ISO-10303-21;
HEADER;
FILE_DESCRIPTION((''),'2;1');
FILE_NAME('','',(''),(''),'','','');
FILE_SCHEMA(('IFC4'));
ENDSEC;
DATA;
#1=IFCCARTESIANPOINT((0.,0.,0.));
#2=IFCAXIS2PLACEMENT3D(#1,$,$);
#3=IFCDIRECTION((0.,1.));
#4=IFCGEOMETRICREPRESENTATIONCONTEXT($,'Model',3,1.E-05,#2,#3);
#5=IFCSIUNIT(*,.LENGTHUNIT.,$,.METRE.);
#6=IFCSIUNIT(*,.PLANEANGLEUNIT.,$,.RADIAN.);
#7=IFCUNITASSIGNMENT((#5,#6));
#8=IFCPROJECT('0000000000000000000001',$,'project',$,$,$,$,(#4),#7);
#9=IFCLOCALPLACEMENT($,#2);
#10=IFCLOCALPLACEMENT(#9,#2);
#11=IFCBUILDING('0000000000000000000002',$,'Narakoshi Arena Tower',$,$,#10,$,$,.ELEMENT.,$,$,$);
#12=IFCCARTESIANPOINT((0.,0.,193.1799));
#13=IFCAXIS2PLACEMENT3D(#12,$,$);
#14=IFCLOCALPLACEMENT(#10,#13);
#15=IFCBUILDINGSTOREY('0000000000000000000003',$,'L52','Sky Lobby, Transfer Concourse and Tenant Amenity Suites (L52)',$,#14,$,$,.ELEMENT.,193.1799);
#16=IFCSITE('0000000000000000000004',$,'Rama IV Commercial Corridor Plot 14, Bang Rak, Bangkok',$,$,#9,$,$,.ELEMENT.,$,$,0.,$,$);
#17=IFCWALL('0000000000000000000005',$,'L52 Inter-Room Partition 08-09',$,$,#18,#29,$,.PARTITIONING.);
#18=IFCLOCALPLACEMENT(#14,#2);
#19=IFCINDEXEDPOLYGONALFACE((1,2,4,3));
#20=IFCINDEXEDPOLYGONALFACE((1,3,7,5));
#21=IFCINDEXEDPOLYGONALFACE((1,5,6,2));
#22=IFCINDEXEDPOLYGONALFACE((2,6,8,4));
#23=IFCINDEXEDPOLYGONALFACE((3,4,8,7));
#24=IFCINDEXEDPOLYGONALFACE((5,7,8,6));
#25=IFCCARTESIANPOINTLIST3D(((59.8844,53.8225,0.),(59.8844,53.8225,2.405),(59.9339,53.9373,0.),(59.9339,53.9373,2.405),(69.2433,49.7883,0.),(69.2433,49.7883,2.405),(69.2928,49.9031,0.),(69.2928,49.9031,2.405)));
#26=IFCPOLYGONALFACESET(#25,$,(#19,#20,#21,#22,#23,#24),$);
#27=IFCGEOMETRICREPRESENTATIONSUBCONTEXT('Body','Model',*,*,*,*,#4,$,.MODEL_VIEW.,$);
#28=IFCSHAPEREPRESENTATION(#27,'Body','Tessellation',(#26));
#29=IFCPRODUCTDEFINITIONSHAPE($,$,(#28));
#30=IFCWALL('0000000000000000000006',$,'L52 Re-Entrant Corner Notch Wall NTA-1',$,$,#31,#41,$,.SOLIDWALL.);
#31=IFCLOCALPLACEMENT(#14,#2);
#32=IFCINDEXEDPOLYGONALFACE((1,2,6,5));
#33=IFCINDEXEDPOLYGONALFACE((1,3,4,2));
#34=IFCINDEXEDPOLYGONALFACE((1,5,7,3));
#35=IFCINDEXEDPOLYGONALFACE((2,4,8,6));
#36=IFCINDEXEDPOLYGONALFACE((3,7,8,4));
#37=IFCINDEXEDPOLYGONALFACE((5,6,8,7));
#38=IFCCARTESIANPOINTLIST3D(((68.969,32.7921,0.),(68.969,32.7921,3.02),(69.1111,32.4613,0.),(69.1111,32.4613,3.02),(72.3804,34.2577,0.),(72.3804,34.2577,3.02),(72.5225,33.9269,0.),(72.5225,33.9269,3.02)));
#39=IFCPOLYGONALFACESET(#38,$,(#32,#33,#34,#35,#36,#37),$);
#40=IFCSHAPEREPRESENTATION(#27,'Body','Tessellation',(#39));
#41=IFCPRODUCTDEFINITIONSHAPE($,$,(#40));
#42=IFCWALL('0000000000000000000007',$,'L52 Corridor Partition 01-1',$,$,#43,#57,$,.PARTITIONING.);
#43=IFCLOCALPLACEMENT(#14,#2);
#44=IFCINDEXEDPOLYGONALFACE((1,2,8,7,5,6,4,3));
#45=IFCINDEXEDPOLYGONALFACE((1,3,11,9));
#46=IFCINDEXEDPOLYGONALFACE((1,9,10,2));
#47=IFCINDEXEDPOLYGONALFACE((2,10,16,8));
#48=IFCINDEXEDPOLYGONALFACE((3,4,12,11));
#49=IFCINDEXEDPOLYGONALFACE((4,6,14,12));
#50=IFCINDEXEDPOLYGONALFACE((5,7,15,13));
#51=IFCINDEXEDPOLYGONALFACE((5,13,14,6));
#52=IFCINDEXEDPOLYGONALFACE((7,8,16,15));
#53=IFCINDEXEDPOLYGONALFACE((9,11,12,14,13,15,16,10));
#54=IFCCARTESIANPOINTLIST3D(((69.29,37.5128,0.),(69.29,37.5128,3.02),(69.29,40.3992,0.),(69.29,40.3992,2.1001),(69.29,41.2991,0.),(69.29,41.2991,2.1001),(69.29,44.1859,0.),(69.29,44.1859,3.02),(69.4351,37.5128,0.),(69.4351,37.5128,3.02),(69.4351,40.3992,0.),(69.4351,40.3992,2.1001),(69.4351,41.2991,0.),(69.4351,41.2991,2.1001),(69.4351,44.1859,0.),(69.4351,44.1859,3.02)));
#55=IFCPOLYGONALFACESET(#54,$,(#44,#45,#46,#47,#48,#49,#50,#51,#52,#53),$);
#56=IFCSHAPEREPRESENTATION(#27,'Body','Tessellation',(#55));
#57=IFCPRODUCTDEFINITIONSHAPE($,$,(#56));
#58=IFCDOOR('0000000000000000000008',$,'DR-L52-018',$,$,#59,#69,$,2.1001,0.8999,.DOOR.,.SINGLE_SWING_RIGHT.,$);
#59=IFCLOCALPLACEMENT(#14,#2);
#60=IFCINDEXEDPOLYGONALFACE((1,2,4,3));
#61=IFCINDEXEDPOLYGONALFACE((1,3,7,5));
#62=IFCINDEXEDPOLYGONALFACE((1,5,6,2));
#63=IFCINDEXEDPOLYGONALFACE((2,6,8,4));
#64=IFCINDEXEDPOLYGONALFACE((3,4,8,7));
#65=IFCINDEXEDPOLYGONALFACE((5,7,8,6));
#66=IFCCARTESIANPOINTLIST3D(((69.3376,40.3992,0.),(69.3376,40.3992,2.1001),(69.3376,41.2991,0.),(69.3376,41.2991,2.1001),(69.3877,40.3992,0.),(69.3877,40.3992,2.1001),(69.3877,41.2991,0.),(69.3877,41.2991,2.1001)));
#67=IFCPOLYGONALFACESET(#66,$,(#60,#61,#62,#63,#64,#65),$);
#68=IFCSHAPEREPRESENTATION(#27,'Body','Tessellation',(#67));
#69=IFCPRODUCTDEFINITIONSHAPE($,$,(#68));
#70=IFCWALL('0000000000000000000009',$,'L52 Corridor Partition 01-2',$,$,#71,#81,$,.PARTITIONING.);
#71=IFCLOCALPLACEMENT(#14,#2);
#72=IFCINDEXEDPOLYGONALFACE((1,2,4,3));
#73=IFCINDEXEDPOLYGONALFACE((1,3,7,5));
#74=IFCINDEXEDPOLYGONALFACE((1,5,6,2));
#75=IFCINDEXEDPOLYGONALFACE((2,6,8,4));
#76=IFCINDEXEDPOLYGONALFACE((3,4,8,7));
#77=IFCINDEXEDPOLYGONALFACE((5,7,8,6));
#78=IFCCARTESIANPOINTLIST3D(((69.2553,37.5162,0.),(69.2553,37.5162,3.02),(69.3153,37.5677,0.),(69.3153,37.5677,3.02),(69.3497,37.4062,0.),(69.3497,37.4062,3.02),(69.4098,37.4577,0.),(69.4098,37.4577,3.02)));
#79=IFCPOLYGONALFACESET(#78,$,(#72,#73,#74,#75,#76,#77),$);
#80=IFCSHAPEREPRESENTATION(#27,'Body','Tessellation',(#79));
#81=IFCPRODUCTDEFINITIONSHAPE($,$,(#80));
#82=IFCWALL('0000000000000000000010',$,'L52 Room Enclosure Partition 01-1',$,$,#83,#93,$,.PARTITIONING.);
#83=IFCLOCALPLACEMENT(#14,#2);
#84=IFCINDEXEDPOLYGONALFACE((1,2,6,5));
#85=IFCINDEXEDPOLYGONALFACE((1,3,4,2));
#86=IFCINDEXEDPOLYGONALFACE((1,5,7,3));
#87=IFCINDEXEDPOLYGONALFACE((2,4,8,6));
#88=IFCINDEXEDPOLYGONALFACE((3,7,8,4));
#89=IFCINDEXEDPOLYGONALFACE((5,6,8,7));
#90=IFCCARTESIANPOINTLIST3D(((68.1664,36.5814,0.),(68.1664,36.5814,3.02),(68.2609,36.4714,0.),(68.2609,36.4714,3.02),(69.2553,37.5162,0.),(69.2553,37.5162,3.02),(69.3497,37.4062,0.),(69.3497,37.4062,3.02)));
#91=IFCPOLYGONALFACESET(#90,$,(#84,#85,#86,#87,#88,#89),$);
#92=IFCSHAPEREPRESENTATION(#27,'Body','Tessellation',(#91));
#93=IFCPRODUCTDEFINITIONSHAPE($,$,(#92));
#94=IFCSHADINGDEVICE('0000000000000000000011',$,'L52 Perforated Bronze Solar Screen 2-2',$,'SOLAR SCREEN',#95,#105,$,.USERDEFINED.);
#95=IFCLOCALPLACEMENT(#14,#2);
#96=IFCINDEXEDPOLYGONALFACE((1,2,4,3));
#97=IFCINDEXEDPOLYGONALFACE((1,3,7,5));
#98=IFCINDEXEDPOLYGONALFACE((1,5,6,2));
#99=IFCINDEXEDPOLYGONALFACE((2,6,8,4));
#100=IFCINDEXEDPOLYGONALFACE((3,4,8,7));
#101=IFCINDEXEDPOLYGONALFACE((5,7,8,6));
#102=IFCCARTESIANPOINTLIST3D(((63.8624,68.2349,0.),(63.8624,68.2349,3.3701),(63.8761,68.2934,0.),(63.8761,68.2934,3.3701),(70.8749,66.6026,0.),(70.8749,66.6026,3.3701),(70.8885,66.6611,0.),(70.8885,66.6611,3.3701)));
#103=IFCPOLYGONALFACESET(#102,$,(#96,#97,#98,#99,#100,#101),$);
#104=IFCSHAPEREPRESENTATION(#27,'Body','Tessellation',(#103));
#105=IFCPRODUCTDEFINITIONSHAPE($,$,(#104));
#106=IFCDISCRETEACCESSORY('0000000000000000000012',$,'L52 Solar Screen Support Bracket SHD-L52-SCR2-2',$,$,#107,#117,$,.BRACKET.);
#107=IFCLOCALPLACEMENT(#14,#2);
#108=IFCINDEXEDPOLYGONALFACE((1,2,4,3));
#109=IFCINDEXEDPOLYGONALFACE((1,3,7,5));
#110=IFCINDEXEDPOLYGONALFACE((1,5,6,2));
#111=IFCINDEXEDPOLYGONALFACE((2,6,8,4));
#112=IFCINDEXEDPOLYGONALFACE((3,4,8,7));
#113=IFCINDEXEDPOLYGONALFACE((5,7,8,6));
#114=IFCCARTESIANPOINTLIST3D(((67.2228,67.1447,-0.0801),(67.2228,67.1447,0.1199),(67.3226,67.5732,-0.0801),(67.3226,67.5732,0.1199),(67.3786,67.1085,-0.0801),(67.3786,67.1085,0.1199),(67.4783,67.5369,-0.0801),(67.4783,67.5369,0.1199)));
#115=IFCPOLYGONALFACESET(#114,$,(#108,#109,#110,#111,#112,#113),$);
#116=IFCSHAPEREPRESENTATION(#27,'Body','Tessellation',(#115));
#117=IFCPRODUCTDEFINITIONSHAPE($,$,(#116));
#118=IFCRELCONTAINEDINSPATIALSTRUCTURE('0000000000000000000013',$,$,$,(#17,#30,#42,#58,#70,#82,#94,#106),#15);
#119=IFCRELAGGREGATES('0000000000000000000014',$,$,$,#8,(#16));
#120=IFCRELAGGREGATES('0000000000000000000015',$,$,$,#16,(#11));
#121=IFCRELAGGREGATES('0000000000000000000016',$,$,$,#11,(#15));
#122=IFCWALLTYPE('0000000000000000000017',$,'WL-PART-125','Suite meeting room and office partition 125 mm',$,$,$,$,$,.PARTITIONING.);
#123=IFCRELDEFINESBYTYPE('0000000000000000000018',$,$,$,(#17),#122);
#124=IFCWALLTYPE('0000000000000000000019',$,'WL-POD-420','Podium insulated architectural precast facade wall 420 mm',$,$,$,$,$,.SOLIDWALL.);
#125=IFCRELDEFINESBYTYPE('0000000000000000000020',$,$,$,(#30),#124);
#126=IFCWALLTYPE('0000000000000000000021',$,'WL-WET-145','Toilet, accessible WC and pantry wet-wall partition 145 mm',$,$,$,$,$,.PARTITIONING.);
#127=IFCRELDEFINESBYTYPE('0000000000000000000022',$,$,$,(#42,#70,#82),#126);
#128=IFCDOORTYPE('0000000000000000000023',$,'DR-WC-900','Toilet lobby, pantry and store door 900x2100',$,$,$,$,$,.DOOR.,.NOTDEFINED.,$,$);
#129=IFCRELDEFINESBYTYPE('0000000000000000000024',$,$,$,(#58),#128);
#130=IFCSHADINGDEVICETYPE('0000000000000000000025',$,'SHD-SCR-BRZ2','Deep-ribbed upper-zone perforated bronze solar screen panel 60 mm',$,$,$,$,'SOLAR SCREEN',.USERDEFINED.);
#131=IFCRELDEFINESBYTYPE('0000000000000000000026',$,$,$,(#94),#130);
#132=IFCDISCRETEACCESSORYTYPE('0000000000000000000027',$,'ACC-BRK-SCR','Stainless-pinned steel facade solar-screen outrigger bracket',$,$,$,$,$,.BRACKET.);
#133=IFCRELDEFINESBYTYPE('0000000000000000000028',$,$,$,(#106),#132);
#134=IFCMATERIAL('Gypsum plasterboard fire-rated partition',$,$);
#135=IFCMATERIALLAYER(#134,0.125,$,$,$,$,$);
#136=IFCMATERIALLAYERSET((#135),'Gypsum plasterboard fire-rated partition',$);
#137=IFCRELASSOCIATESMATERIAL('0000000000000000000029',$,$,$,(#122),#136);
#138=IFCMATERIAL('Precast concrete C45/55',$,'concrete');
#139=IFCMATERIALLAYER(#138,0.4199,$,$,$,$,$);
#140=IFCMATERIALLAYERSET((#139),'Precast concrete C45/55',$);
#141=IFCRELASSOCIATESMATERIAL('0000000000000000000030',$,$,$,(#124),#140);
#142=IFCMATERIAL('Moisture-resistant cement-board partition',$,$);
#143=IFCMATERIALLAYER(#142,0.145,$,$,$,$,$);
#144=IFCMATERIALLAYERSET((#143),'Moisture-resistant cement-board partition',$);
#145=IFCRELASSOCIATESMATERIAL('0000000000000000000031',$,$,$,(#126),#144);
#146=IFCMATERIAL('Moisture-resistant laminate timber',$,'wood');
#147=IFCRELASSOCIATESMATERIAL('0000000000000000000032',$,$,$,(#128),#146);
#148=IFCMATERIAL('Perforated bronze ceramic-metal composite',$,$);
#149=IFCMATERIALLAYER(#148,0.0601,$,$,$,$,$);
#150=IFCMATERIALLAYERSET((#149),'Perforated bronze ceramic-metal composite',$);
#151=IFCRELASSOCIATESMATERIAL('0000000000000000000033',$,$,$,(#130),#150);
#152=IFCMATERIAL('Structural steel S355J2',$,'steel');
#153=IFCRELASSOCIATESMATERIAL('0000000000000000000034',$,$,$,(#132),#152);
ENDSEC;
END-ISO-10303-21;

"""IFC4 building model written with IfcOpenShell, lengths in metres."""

from ifc_helpers import new_model, si_unit, direction, frame, frame_2d, origin, origin_2d, place, context, subcontext, project, spatial, rectangle, extrude, material, layer, layer_set, type_object, element, fill, save


model = new_model("IFC4")

# Units and contexts
model_context = context("Model", 3, precision=1e-05, world=origin(), true_north=direction((0.0, 1.0)))
body_context = subcontext(model_context, "Body", "Model", "MODEL_VIEW")
ifc_project = project(units=[si_unit("LENGTHUNIT", "METRE"), si_unit("PLANEANGLEUNIT", "RADIAN")], contexts=[model_context])

# Site, building, storey
site_placement = place(None, origin())
site = spatial("IfcSite", under=ifc_project, at=site_placement, Name="Rama IV Commercial Corridor Plot 14, Bang Rak, Bangkok", CompositionType="ELEMENT", RefElevation=0.0)
building_placement = place(site_placement, origin())
building = spatial("IfcBuilding", under=site, at=building_placement, Name="Narakoshi Arena Tower", CompositionType="ELEMENT")
storey_placement = place(building_placement, frame((0.0, 0.0, 193.1799)))
storey = spatial("IfcBuildingStorey", under=building, at=storey_placement, Name="L52", Description="Sky Lobby, Transfer Concourse and Tenant Amenity Suites (L52)", CompositionType="ELEMENT", Elevation=193.1799)

# Shared definitions
ifc_material_1 = material(Name="Structural steel S355J2", Category="steel")

# Shared definitions
ifc_material_2 = material(Name="Gypsum plasterboard fire-rated partition")

# Walls
ifc_layer_1 = layer(ifc_material_2, 0.125)
ifc_layer_set_1 = layer_set([ifc_layer_1], Name="Gypsum plasterboard fire-rated partition")
wall_type_1 = type_object("IfcWallType", Name="WL-PART-125", Description="Suite meeting room and office partition 125 mm", PredefinedType="PARTITIONING", material=ifc_layer_set_1)
wall_1_placement = place(storey_placement, frame((69.2681, 49.8457, 0.0), z_axis=(0.0, 0.0, 1.0), x_axis=(-0.918318, 0.395844, 0.0)))
element("IfcWall", 1, at=wall_1_placement, inside=storey, type_object=wall_type_1, Name="L52 Inter-Room Partition 08-09", PredefinedType="PARTITIONING", context=body_context, shape_type="SweptSolid", body=[
    extrude(rectangle(XDim=10.1914, YDim=0.125, at=frame_2d((5.0957, 0.0))), origin(), (0.0, 0.0, 1.0), 2.405),
])
ifc_material_3 = material(Name="Precast concrete C45/55", Category="concrete")
ifc_layer_2 = layer(ifc_material_3, 0.4199)
ifc_layer_set_2 = layer_set([ifc_layer_2], Name="Precast concrete C45/55")
wall_type_2 = type_object("IfcWallType", Name="WL-POD-420", Description="Podium insulated architectural precast facade wall 420 mm", PredefinedType="SOLIDWALL", material=ifc_layer_set_2)
wall_2_placement = place(storey_placement, frame((69.04, 32.6267, 0.0), z_axis=(0.0, 0.0, 1.0), x_axis=(0.918798, 0.394729, 0.0)))
element("IfcWall", 2, at=wall_2_placement, inside=storey, type_object=wall_type_2, Name="L52 Re-Entrant Corner Notch Wall NTA-1", PredefinedType="SOLIDWALL", context=body_context, shape_type="SweptSolid", body=[
    extrude(rectangle(XDim=3.7129, YDim=0.3601, at=frame_2d((1.8564, 0.0))), origin(), (0.0, 0.0, 1.0), 3.02),
])

# Wall, opening, door
ifc_material_4 = material(Name="Moisture-resistant cement-board partition")
ifc_layer_3 = layer(ifc_material_4, 0.145)
ifc_layer_set_3 = layer_set([ifc_layer_3], Name="Moisture-resistant cement-board partition")
wall_type_3 = type_object("IfcWallType", Name="WL-WET-145", Description="Toilet, accessible WC and pantry wet-wall partition 145 mm", PredefinedType="PARTITIONING", material=ifc_layer_set_3)
wall_3_placement = place(storey_placement, frame((69.3625, 44.1858, 0.0), z_axis=(0.0, 0.0, 1.0), x_axis=(0.0, -1.0, 0.0)))
wall_3 = element("IfcWall", 3, at=wall_3_placement, inside=storey, type_object=wall_type_3, Name="L52 Corridor Partition 01-1", PredefinedType="PARTITIONING", context=body_context, shape_type="SweptSolid", body=[
    extrude(rectangle(XDim=6.6731, YDim=0.145, at=frame_2d((3.3364, 0.0))), origin(), (0.0, 0.0, 1.0), 3.02),
])
opening_1_placement = place(wall_3_placement, frame((2.8867, 0.0, 0.0)))
opening_1 = element("IfcOpeningElement", 4, at=opening_1_placement, cuts=wall_3, PredefinedType="OPENING", context=body_context, shape_type="SweptSolid", body=[
    extrude(rectangle(XDim=0.8999, YDim=2.1001, at=frame_2d((0.45, 1.05))), frame((0.0, 0.0825, 0.0), z_axis=(0.0, -1.0, 0.0), x_axis=(1.0, 0.0, 0.0)), (0.0, 0.0, 1.0), 0.165),
])
ifc_material_5 = material(Name="Moisture-resistant laminate timber", Category="wood")
door_type_1 = type_object("IfcDoorType", Name="DR-WC-900", Description="Toilet lobby, pantry and store door 900x2100", OperationType="NOTDEFINED", PredefinedType="DOOR", material=ifc_material_5)
door_1_placement = place(opening_1_placement, frame((0.8999, 0.0, 0.0), z_axis=(0.0, 0.0, 1.0), x_axis=(-1.0, 0.0, 0.0)))
door_1 = element("IfcDoor", 5, at=door_1_placement, inside=storey, type_object=door_type_1, Name="DR-L52-018", OperationType="SINGLE_SWING_RIGHT", OverallHeight=2.1001, OverallWidth=0.8999, PredefinedType="DOOR", context=body_context, shape_type="SweptSolid", body=[
    extrude(rectangle(XDim=0.8999, YDim=2.1001, at=frame_2d((0.45, 1.05))), frame((0.0, 0.0249, 0.0), z_axis=(0.0, -1.0, 0.0), x_axis=(1.0, 0.0, 0.0)), (0.0, 0.0, 1.0), 0.05),
])
fill(opening_1, door_1)

# Walls
wall_4_placement = place(storey_placement, frame((69.3625, 37.5127, 0.0), z_axis=(0.0, 0.0, 1.0), x_axis=(-0.759039, -0.651045, 0.0)))
element("IfcWall", 6, at=wall_4_placement, inside=storey, type_object=wall_type_3, Name="L52 Corridor Partition 01-2", PredefinedType="PARTITIONING", context=body_context, shape_type="SweptSolid", body=[
    extrude(rectangle(XDim=0.0791, YDim=0.145, at=frame_2d((0.0396, 0.0))), origin(), (0.0, 0.0, 1.0), 3.02),
])
wall_5_placement = place(storey_placement, frame((69.3025, 37.4612, 0.0), z_axis=(0.0, 0.0, 1.0), x_axis=(-0.75874, -0.651394, 0.0)))
element("IfcWall", 7, at=wall_5_placement, inside=storey, type_object=wall_type_3, Name="L52 Room Enclosure Partition 01-1", PredefinedType="PARTITIONING", context=body_context, shape_type="SweptSolid", body=[
    extrude(rectangle(XDim=1.4351, YDim=0.145, at=frame_2d((0.7175, 0.0))), origin(), (0.0, 0.0, 1.0), 3.02),
])

# Shading device
ifc_material_6 = material(Name="Perforated bronze ceramic-metal composite")
ifc_layer_4 = layer(ifc_material_6, 0.0601)
ifc_layer_set_4 = layer_set([ifc_layer_4], Name="Perforated bronze ceramic-metal composite")
shading_device_type = type_object("IfcShadingDeviceType", Name="SHD-SCR-BRZ2", Description="Deep-ribbed upper-zone perforated bronze solar screen panel 60 mm", ElementType="SOLAR SCREEN", PredefinedType="USERDEFINED", material=ifc_layer_set_4)
shading_device_placement = place(storey_placement, frame((67.3755, 67.448, 0.0), z_axis=(0.0, 0.0, 1.0), x_axis=(-0.97396, 0.226719, 0.0)))
element("IfcShadingDevice", 8, at=shading_device_placement, inside=storey, type_object=shading_device_type, Name="L52 Perforated Bronze Solar Screen 2-2", ObjectType="SOLAR SCREEN", PredefinedType="USERDEFINED", context=body_context, shape_type="SweptSolid", body=[
    extrude(rectangle(XDim=7.2, YDim=0.0601, at=origin_2d()), origin(), (0.0, 0.0, 1.0), 3.3701),
])

# Discrete accessory
discrete_accessory_type = type_object("IfcDiscreteAccessoryType", Name="ACC-BRK-SCR", Description="Stainless-pinned steel facade solar-screen outrigger bracket", PredefinedType="BRACKET", material=ifc_material_1)
discrete_accessory_placement = place(storey_placement, frame((67.3506, 67.3408, -0.0801), z_axis=(0.0, 0.0, 1.0), x_axis=(-0.97396, 0.226719, 0.0)))
element("IfcDiscreteAccessory", 9, at=discrete_accessory_placement, inside=storey, type_object=discrete_accessory_type, Name="L52 Solar Screen Support Bracket SHD-L52-SCR2-2", PredefinedType="BRACKET", context=body_context, shape_type="SweptSolid", body=[
    extrude(rectangle(XDim=0.1599, YDim=0.4399, at=origin_2d()), origin(), (0.0, 0.0, 1.0), 0.2),
])

save(model, "model.ifc")
